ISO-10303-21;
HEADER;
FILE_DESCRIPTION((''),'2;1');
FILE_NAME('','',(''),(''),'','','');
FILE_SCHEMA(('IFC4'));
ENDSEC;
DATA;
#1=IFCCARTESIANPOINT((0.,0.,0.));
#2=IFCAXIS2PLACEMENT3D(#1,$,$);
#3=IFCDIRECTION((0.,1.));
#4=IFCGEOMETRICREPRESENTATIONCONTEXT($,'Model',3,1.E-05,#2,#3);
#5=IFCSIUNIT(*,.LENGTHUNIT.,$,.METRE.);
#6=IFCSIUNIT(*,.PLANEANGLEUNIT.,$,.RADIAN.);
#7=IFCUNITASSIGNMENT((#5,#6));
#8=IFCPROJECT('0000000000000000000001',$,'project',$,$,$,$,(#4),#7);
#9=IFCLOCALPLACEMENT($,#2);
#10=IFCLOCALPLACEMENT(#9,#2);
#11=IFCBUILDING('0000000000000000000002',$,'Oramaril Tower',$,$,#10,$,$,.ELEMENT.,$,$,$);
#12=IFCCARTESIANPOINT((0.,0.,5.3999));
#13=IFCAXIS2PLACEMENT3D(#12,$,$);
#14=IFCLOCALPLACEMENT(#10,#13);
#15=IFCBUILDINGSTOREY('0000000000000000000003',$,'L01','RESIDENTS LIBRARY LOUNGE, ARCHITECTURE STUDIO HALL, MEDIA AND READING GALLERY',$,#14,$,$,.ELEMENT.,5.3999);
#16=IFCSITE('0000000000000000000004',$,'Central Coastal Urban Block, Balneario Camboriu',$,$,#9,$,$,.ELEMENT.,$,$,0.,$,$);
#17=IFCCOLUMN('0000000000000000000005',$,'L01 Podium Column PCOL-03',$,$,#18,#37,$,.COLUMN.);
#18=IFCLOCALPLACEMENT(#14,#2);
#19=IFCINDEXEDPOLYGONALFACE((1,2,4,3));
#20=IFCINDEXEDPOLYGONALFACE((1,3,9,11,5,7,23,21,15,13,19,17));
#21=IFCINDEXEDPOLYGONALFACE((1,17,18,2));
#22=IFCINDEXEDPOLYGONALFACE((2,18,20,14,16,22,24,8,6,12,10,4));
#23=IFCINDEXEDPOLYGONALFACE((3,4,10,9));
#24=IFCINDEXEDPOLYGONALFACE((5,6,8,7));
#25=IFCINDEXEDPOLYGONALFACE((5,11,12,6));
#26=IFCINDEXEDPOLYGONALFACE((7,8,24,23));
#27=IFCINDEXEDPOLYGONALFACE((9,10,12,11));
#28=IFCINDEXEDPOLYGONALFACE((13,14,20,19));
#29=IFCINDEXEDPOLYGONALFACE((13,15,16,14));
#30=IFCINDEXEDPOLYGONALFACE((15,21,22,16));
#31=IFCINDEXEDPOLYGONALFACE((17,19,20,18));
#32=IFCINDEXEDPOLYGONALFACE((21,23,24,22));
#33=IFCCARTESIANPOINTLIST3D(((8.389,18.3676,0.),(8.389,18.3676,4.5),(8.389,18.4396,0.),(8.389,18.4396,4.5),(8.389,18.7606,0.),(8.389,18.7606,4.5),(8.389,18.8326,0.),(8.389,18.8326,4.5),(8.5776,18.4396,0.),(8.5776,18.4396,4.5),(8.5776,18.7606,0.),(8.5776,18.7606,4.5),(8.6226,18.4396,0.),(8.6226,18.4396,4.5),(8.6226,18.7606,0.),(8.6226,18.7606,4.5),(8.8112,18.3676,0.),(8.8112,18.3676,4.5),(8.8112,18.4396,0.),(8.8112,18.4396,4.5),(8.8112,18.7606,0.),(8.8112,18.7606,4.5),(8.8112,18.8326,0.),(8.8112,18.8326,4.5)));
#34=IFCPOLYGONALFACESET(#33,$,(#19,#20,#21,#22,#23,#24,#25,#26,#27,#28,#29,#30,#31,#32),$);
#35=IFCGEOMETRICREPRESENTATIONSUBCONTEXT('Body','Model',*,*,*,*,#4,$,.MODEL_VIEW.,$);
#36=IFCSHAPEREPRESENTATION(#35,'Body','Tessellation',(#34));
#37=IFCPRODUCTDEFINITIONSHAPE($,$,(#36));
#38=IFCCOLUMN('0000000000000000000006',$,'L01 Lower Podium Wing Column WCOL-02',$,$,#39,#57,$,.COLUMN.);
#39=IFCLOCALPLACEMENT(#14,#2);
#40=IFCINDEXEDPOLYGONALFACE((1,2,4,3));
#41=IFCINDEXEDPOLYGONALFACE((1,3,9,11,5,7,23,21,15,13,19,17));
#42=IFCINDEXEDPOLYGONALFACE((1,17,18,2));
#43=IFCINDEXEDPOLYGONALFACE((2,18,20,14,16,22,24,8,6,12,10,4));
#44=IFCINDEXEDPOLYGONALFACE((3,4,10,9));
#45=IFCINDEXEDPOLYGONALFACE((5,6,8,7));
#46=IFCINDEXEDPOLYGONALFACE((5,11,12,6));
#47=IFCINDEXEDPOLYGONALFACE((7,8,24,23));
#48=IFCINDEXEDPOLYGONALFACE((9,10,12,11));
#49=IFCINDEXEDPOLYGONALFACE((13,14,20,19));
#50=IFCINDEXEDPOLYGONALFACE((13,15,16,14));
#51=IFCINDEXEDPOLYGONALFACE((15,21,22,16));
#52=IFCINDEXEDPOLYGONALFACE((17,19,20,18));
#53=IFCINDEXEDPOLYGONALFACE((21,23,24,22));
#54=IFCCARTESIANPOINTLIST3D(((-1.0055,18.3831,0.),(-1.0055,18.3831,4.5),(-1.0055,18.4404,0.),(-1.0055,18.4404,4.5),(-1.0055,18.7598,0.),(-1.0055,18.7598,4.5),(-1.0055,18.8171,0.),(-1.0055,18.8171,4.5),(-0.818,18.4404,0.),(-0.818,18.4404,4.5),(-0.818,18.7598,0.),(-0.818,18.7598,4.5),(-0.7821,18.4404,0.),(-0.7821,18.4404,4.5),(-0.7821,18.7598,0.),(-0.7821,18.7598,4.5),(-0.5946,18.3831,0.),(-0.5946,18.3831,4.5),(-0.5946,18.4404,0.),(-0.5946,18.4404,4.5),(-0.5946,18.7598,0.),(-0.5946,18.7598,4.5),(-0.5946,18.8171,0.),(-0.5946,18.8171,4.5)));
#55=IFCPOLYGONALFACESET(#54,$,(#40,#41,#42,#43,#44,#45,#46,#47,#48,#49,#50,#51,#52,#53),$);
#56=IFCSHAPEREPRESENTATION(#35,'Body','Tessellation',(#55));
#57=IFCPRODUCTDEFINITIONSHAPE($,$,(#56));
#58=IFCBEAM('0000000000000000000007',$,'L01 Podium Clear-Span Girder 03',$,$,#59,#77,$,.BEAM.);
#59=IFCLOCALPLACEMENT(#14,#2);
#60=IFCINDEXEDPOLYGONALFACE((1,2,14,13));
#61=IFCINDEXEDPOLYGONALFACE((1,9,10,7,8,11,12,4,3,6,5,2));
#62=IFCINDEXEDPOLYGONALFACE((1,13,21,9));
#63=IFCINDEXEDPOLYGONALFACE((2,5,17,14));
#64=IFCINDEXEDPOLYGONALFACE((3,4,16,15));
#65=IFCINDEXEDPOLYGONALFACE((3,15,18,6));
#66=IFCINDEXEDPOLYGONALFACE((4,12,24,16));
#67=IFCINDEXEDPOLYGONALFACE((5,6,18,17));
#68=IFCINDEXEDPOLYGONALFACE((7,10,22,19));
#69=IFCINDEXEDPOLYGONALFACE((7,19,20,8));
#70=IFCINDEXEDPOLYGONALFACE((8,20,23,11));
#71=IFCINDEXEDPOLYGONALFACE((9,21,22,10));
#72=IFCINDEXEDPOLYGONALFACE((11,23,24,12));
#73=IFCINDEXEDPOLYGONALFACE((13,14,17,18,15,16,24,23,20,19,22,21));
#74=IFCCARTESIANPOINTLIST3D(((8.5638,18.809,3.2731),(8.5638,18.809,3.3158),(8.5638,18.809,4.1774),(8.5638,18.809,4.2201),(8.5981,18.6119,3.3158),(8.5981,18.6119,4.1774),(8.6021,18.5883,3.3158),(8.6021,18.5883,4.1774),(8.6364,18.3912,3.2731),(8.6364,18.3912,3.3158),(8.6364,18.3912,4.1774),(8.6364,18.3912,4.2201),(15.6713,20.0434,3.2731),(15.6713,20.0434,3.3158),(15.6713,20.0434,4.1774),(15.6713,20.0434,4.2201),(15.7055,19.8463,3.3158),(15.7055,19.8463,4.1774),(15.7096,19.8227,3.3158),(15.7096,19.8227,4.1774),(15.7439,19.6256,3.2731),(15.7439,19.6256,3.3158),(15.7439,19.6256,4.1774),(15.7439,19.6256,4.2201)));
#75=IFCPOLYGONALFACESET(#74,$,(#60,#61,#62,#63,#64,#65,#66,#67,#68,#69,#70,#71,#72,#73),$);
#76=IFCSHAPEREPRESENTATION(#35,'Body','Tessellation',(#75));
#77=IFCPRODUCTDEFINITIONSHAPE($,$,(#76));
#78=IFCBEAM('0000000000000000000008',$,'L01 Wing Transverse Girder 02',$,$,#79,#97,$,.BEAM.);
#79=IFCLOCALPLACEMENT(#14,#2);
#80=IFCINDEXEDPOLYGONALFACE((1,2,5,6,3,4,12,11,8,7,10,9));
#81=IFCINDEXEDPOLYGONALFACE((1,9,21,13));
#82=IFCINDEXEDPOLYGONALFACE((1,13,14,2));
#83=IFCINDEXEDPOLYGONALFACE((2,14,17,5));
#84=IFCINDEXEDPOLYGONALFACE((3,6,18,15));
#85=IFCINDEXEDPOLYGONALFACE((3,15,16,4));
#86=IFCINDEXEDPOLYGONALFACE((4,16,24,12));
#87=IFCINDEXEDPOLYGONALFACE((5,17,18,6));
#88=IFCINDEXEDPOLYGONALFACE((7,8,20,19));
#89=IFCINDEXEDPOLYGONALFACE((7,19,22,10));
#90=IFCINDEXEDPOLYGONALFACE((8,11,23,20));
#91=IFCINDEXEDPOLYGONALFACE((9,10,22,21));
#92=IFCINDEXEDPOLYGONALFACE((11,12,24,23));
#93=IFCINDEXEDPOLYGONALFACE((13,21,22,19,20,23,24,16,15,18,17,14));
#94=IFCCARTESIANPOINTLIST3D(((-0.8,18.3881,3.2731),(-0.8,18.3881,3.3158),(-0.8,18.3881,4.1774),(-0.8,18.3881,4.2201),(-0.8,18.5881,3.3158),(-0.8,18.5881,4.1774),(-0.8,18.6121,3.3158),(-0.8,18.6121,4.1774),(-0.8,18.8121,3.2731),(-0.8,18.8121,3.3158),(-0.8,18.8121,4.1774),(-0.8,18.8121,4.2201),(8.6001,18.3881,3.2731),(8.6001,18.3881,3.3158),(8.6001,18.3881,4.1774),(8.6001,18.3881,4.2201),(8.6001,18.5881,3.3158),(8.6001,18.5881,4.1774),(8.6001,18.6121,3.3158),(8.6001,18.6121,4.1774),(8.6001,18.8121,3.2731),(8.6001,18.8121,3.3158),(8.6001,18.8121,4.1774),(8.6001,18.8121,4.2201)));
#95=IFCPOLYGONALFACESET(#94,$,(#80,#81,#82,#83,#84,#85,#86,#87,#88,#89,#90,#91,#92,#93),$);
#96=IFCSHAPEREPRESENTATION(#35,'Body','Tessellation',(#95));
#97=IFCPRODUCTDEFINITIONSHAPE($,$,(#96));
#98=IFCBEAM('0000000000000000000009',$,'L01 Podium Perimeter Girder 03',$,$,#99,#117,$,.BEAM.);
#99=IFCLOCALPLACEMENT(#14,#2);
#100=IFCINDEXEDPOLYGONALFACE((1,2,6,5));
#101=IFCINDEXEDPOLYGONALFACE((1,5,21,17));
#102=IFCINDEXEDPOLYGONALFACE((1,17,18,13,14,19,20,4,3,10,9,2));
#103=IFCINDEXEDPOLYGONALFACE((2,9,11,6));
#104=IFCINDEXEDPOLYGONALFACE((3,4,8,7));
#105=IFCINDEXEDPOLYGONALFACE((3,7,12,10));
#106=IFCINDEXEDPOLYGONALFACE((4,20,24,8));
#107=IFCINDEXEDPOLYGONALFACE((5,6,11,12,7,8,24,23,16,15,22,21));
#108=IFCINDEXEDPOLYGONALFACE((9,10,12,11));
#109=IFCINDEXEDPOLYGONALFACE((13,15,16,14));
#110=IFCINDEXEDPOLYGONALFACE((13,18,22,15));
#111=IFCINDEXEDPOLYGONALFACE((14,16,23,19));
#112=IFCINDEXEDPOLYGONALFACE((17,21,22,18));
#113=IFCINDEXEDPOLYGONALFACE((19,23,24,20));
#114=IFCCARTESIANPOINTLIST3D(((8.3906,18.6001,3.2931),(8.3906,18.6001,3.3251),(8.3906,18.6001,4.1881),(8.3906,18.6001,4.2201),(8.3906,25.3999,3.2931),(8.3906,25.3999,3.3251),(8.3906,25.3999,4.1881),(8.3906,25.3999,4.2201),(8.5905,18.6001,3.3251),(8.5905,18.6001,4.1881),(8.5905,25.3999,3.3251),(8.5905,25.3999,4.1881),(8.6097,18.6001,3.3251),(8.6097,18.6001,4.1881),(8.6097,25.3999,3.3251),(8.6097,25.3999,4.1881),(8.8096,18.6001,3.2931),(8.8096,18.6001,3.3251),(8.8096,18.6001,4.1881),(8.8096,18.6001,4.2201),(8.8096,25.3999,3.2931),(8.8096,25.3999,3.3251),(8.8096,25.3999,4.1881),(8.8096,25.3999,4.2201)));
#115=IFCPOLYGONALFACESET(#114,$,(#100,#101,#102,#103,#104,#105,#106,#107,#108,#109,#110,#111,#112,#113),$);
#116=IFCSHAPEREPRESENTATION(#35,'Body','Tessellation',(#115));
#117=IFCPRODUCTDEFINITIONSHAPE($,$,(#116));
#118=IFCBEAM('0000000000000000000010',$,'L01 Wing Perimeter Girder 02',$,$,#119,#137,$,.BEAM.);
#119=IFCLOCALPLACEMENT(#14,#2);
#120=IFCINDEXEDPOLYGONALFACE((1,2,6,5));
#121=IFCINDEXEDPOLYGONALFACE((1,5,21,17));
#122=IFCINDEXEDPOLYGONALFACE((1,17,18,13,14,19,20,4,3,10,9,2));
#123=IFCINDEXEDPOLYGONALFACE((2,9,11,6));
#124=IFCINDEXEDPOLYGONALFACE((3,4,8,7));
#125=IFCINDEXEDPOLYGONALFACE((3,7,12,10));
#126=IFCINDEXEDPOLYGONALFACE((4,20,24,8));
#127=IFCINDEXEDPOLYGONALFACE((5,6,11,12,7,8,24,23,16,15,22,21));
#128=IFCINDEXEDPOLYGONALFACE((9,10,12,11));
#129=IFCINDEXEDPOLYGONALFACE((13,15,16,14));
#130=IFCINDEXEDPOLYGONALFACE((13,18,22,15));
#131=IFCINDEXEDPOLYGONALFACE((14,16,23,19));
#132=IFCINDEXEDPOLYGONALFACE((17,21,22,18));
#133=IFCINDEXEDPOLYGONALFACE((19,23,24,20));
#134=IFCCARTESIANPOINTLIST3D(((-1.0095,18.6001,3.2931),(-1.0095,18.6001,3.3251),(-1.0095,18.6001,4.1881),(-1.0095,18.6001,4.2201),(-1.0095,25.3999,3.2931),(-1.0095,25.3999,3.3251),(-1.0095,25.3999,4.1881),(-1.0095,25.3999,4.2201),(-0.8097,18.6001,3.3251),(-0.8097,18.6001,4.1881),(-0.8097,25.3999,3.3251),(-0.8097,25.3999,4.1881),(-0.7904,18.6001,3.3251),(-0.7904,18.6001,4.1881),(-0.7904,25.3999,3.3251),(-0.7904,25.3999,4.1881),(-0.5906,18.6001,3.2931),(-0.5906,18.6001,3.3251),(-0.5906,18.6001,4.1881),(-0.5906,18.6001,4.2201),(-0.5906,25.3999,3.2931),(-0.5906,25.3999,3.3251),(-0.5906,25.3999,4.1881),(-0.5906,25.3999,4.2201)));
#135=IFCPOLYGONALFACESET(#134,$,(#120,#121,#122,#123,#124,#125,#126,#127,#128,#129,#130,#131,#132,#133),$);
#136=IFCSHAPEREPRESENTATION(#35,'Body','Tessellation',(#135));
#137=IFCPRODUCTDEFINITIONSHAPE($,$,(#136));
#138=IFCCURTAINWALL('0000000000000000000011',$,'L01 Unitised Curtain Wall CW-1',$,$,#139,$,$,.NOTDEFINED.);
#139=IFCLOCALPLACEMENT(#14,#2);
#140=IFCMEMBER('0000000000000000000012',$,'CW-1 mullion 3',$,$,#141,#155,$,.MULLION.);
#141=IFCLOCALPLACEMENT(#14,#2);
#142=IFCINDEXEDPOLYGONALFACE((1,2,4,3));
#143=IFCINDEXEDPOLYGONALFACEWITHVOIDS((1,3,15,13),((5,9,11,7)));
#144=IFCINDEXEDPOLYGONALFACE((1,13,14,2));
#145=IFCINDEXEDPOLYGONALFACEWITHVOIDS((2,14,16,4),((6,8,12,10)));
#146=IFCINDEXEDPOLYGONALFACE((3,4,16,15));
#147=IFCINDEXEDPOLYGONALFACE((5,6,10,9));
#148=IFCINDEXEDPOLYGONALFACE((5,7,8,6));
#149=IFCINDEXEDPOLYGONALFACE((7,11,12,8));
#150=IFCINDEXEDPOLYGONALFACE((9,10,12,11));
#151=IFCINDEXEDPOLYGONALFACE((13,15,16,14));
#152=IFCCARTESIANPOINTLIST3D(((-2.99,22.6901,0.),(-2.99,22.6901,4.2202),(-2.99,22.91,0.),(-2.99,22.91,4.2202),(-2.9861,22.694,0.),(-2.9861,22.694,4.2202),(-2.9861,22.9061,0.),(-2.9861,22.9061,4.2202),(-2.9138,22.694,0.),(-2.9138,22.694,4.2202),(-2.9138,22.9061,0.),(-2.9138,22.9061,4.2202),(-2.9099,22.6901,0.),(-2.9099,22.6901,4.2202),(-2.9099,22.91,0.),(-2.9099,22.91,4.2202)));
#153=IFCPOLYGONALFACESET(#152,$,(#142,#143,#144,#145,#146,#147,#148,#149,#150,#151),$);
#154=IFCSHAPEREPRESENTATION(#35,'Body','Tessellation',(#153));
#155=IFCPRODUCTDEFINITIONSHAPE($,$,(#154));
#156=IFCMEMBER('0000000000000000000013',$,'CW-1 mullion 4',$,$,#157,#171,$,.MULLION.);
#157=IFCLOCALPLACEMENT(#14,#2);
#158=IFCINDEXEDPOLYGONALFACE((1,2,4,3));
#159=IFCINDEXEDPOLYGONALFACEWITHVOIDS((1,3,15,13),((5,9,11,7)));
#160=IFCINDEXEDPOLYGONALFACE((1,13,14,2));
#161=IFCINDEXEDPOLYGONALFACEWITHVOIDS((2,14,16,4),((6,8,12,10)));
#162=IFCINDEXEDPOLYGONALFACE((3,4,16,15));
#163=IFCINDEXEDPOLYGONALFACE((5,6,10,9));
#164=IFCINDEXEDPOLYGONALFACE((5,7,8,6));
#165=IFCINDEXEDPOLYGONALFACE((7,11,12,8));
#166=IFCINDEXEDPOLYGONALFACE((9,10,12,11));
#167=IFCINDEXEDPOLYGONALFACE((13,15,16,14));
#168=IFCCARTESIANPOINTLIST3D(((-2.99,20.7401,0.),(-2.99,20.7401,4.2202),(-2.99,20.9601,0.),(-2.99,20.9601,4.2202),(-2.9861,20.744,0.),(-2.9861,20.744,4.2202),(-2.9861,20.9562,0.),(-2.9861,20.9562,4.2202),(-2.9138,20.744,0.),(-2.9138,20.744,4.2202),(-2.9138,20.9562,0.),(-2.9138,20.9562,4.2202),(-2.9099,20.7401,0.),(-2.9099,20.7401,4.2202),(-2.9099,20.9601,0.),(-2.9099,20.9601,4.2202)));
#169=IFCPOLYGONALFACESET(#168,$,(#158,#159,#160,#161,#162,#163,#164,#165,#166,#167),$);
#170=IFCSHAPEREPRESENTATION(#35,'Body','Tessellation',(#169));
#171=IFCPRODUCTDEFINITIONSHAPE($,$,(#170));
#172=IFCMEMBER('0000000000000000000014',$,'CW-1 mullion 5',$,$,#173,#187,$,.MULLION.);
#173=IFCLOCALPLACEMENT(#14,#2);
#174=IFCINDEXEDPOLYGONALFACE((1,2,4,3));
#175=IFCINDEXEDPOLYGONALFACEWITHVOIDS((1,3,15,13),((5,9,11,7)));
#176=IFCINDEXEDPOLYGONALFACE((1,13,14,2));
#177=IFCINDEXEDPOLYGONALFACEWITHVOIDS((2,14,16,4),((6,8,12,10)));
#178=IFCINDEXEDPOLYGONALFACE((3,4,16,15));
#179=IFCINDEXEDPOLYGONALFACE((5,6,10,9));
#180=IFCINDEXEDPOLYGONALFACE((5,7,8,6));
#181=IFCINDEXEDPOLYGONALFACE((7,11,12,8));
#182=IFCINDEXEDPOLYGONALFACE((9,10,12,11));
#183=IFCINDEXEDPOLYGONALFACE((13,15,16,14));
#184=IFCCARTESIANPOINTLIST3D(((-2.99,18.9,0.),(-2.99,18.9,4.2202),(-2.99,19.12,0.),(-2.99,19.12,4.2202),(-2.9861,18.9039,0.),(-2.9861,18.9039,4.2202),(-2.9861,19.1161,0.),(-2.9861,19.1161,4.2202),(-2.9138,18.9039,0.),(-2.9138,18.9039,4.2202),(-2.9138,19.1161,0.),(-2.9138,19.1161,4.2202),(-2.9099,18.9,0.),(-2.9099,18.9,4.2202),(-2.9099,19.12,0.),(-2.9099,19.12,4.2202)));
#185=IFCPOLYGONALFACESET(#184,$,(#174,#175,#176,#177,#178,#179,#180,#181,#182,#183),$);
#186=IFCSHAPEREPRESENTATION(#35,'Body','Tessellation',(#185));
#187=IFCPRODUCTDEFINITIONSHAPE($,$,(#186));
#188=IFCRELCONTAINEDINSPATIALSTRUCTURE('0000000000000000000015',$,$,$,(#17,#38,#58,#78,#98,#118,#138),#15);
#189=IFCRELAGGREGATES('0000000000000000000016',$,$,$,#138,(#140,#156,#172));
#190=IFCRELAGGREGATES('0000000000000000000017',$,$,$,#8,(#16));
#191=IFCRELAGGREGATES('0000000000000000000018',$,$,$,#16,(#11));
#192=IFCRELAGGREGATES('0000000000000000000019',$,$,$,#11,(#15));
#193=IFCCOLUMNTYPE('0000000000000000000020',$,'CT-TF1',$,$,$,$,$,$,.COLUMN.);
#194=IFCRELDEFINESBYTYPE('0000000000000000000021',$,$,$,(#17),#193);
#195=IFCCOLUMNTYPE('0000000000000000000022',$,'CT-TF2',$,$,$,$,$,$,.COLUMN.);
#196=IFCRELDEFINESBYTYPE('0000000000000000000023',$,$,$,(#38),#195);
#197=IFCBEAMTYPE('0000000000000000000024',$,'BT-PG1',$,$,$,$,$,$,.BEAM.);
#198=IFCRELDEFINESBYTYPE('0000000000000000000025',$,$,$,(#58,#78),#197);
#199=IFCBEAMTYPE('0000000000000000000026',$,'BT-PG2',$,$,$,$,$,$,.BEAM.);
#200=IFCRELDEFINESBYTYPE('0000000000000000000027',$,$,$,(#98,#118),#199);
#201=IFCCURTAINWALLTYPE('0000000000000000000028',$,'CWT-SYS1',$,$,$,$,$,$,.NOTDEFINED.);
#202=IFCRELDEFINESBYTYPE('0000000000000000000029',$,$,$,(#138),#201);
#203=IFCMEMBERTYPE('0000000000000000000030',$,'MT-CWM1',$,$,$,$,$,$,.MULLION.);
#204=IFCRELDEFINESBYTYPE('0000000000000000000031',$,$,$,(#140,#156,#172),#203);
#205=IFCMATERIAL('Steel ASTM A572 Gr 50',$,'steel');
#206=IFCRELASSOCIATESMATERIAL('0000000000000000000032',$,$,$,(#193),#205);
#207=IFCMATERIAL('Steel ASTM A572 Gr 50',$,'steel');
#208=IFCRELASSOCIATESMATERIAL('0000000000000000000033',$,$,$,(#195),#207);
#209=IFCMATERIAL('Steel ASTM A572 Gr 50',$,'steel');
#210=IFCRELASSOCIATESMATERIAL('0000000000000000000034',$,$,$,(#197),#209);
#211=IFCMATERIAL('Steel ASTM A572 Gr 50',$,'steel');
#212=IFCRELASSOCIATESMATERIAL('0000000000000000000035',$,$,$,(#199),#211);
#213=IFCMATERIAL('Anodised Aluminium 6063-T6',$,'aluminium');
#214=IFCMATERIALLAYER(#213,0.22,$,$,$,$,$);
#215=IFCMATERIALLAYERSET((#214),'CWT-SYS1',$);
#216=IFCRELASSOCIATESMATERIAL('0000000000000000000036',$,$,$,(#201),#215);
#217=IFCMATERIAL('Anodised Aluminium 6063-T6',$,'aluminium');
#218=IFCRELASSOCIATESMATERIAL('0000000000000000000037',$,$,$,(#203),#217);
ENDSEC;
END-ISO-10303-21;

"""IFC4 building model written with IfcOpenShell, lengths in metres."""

from ifc_helpers import new_model, si_unit, direction, frame, origin, origin_2d, place, context, subcontext, project, spatial, hollow_rectangle, i_section, extrude, material, layer, layer_set, material_profile, profile_set, type_object, element, aggregate, save


model = new_model("IFC4")

# Units and contexts
model_context = context("Model", 3, precision=1e-05, world=origin(), true_north=direction((0.0, 1.0)))
body_context = subcontext(model_context, "Body", "Model", "MODEL_VIEW")
ifc_project = project(units=[si_unit("LENGTHUNIT", "METRE"), si_unit("PLANEANGLEUNIT", "RADIAN")], contexts=[model_context])

# Site, building, storey
site_placement = place(None, origin())
site = spatial("IfcSite", under=ifc_project, at=site_placement, Name="Central Coastal Urban Block, Balneario Camboriu", CompositionType="ELEMENT", RefElevation=0.0)
building_placement = place(site_placement, origin())
building = spatial("IfcBuilding", under=site, at=building_placement, Name="Oramaril Tower", CompositionType="ELEMENT")
storey_placement = place(building_placement, frame((0.0, 0.0, 5.3999)))
storey = spatial("IfcBuildingStorey", under=building, at=storey_placement, Name="L01", Description="RESIDENTS LIBRARY LOUNGE, ARCHITECTURE STUDIO HALL, MEDIA AND READING GALLERY", CompositionType="ELEMENT", Elevation=5.3999)

# Columns
ifc_material_1 = material(Name="Steel ASTM A572 Gr 50", Category="steel")
ifc_material_profile_1 = material_profile(ifc_material_1, i_section(OverallWidth=0.4221, OverallDepth=0.4651, WebThickness=0.0449, FlangeThickness=0.072, at=origin_2d()), Name="W14X398")
ifc_profile_set_1 = profile_set([ifc_material_profile_1], Name="Steel ASTM A572 Gr 50")
column_type_1 = type_object("IfcColumnType", Name="CT-TF1", PredefinedType="COLUMN", material=ifc_profile_set_1)
column_1_placement = place(storey_placement, frame((8.6001, 18.6001, 0.0), z_axis=(0.0, 0.0, 1.0), x_axis=(1.0, 0.0, 0.0)))
element("IfcColumn", 1, at=column_1_placement, inside=storey, type_object=column_type_1, Name="L01 Podium Column PCOL-03", PredefinedType="COLUMN", context=body_context, shape_type="SweptSolid", body=[
    extrude(i_section(OverallWidth=0.4221, OverallDepth=0.4651, WebThickness=0.0449, FlangeThickness=0.072, at=origin_2d()), origin(), (0.0, 0.0, 1.0), 4.5),
])
ifc_material_2 = material(Name="Steel ASTM A572 Gr 50", Category="steel")
ifc_material_profile_2 = material_profile(ifc_material_2, i_section(OverallWidth=0.4109, OverallDepth=0.4341, WebThickness=0.0359, FlangeThickness=0.0574, at=origin_2d()), Name="W14X311")
ifc_profile_set_2 = profile_set([ifc_material_profile_2], Name="Steel ASTM A572 Gr 50")
column_type_2 = type_object("IfcColumnType", Name="CT-TF2", PredefinedType="COLUMN", material=ifc_profile_set_2)
column_2_placement = place(storey_placement, frame((-0.8, 18.6001, 0.0), z_axis=(0.0, 0.0, 1.0), x_axis=(1.0, 0.0, 0.0)))
element("IfcColumn", 2, at=column_2_placement, inside=storey, type_object=column_type_2, Name="L01 Lower Podium Wing Column WCOL-02", PredefinedType="COLUMN", context=body_context, shape_type="SweptSolid", body=[
    extrude(i_section(OverallWidth=0.4109, OverallDepth=0.4341, WebThickness=0.0359, FlangeThickness=0.0574, at=origin_2d()), origin(), (0.0, 0.0, 1.0), 4.5),
])

# Beams
ifc_material_3 = material(Name="Steel ASTM A572 Gr 50", Category="steel")
ifc_material_profile_3 = material_profile(ifc_material_3, i_section(OverallWidth=0.4241, OverallDepth=0.947, WebThickness=0.0239, FlangeThickness=0.0427, at=origin_2d()), Name="W36X302")
ifc_profile_set_3 = profile_set([ifc_material_profile_3], Name="Steel ASTM A572 Gr 50")
beam_type_1 = type_object("IfcBeamType", Name="BT-PG1", PredefinedType="BEAM", material=ifc_profile_set_3)
beam_1_placement = place(storey_placement, frame((8.6001, 18.6001, 3.7466), z_axis=(0.985251, 0.171113, 0.0), x_axis=(-0.171113, 0.985251, 0.0)))
element("IfcBeam", 3, at=beam_1_placement, inside=storey, type_object=beam_type_1, Name="L01 Podium Clear-Span Girder 03", PredefinedType="BEAM", context=body_context, shape_type="SweptSolid", body=[
    extrude(i_section(OverallWidth=0.4241, OverallDepth=0.947, WebThickness=0.0239, FlangeThickness=0.0427, at=origin_2d()), origin(), (0.0, 0.0, 1.0), 7.2139),
])
beam_2_placement = place(storey_placement, frame((-0.8, 18.6001, 3.7466), z_axis=(1.0, 0.0, 0.0), x_axis=(0.0, 1.0, 0.0)))
element("IfcBeam", 4, at=beam_2_placement, inside=storey, type_object=beam_type_1, Name="L01 Wing Transverse Girder 02", PredefinedType="BEAM", context=body_context, shape_type="SweptSolid", body=[
    extrude(i_section(OverallWidth=0.4241, OverallDepth=0.947, WebThickness=0.0239, FlangeThickness=0.0427, at=origin_2d()), origin(), (0.0, 0.0, 1.0), 9.4001),
])
ifc_material_4 = material(Name="Steel ASTM A572 Gr 50", Category="steel")
ifc_material_profile_4 = material_profile(ifc_material_4, i_section(OverallWidth=0.4189, OverallDepth=0.927, WebThickness=0.0193, FlangeThickness=0.032, at=origin_2d()), Name="W36X231")
ifc_profile_set_4 = profile_set([ifc_material_profile_4], Name="Steel ASTM A572 Gr 50")
beam_type_2 = type_object("IfcBeamType", Name="BT-PG2", PredefinedType="BEAM", material=ifc_profile_set_4)
for number, where, z_axis, x_axis, name in (
    (5, (8.6001, 18.6001, 3.7566), (0.0, 1.0, 0.0), (-1.0, 0.0, 0.0), "L01 Podium Perimeter Girder 03"),
    (6, (-0.8, 18.6001, 3.7566), (0.0, 1.0, 0.0), (-1.0, 0.0, 0.0), "L01 Wing Perimeter Girder 02"),
):
    element("IfcBeam", number, at=place(storey_placement, frame(where, z_axis=z_axis, x_axis=x_axis)), inside=storey, type_object=beam_type_2, Name=name, PredefinedType="BEAM", context=body_context, shape_type="SweptSolid", body=[
        extrude(i_section(OverallWidth=0.4189, OverallDepth=0.927, WebThickness=0.0193, FlangeThickness=0.032, at=origin_2d()), origin(), (0.0, 0.0, 1.0), 6.7998),
    ])

# Curtain wall, members
ifc_material_5 = material(Name="Anodised Aluminium 6063-T6", Category="aluminium")
ifc_layer_1 = layer(ifc_material_5, 0.22)
ifc_layer_set_1 = layer_set([ifc_layer_1], Name="CWT-SYS1")
curtain_wall_type = type_object("IfcCurtainWallType", Name="CWT-SYS1", PredefinedType="NOTDEFINED", material=ifc_layer_set_1)
curtain_wall_placement = place(storey_placement, origin())
curtain_wall = element("IfcCurtainWall", 7, at=curtain_wall_placement, inside=storey, type_object=curtain_wall_type, Name="L01 Unitised Curtain Wall CW-1", PredefinedType="NOTDEFINED")
ifc_material_6 = material(Name="Anodised Aluminium 6063-T6", Category="aluminium")
ifc_material_profile_5 = material_profile(ifc_material_6, hollow_rectangle(XDim=0.0801, YDim=0.22, WallThickness=0.0039, at=origin_2d()), Name="CWM220X80")
ifc_profile_set_5 = profile_set([ifc_material_profile_5], Name="Anodised Aluminium 6063-T6")
member_type_1 = type_object("IfcMemberType", Name="MT-CWM1", PredefinedType="MULLION", material=ifc_profile_set_5)
member_1_placement = place(storey_placement, frame((-2.95, 22.8, 0.0), z_axis=(0.0, 0.0, 1.0), x_axis=(1.0, 0.0, 0.0)))
member_1 = element("IfcMember", 8, at=member_1_placement, type_object=member_type_1, Name="CW-1 mullion 3", PredefinedType="MULLION", context=body_context, shape_type="SweptSolid", body=[
    extrude(hollow_rectangle(XDim=0.0801, YDim=0.22, WallThickness=0.0039, at=origin_2d()), origin(), (0.0, 0.0, 1.0), 4.2202),
])
member_2_placement = place(storey_placement, frame((-2.95, 20.8501, 0.0), z_axis=(0.0, 0.0, 1.0), x_axis=(1.0, 0.0, 0.0)))
member_2 = element("IfcMember", 9, at=member_2_placement, type_object=member_type_1, Name="CW-1 mullion 4", PredefinedType="MULLION", context=body_context, shape_type="SweptSolid", body=[
    extrude(hollow_rectangle(XDim=0.0801, YDim=0.22, WallThickness=0.0039, at=origin_2d()), origin(), (0.0, 0.0, 1.0), 4.2202),
])
member_3_placement = place(storey_placement, frame((-2.95, 19.01, 0.0), z_axis=(0.0, 0.0, 1.0), x_axis=(1.0, 0.0, 0.0)))
member_3 = element("IfcMember", 10, at=member_3_placement, type_object=member_type_1, Name="CW-1 mullion 5", PredefinedType="MULLION", context=body_context, shape_type="SweptSolid", body=[
    extrude(hollow_rectangle(XDim=0.0801, YDim=0.22, WallThickness=0.0039, at=origin_2d()), origin(), (0.0, 0.0, 1.0), 4.2202),
])
aggregate(curtain_wall, [member_1, member_2, member_3])

save(model, "model.ifc")
